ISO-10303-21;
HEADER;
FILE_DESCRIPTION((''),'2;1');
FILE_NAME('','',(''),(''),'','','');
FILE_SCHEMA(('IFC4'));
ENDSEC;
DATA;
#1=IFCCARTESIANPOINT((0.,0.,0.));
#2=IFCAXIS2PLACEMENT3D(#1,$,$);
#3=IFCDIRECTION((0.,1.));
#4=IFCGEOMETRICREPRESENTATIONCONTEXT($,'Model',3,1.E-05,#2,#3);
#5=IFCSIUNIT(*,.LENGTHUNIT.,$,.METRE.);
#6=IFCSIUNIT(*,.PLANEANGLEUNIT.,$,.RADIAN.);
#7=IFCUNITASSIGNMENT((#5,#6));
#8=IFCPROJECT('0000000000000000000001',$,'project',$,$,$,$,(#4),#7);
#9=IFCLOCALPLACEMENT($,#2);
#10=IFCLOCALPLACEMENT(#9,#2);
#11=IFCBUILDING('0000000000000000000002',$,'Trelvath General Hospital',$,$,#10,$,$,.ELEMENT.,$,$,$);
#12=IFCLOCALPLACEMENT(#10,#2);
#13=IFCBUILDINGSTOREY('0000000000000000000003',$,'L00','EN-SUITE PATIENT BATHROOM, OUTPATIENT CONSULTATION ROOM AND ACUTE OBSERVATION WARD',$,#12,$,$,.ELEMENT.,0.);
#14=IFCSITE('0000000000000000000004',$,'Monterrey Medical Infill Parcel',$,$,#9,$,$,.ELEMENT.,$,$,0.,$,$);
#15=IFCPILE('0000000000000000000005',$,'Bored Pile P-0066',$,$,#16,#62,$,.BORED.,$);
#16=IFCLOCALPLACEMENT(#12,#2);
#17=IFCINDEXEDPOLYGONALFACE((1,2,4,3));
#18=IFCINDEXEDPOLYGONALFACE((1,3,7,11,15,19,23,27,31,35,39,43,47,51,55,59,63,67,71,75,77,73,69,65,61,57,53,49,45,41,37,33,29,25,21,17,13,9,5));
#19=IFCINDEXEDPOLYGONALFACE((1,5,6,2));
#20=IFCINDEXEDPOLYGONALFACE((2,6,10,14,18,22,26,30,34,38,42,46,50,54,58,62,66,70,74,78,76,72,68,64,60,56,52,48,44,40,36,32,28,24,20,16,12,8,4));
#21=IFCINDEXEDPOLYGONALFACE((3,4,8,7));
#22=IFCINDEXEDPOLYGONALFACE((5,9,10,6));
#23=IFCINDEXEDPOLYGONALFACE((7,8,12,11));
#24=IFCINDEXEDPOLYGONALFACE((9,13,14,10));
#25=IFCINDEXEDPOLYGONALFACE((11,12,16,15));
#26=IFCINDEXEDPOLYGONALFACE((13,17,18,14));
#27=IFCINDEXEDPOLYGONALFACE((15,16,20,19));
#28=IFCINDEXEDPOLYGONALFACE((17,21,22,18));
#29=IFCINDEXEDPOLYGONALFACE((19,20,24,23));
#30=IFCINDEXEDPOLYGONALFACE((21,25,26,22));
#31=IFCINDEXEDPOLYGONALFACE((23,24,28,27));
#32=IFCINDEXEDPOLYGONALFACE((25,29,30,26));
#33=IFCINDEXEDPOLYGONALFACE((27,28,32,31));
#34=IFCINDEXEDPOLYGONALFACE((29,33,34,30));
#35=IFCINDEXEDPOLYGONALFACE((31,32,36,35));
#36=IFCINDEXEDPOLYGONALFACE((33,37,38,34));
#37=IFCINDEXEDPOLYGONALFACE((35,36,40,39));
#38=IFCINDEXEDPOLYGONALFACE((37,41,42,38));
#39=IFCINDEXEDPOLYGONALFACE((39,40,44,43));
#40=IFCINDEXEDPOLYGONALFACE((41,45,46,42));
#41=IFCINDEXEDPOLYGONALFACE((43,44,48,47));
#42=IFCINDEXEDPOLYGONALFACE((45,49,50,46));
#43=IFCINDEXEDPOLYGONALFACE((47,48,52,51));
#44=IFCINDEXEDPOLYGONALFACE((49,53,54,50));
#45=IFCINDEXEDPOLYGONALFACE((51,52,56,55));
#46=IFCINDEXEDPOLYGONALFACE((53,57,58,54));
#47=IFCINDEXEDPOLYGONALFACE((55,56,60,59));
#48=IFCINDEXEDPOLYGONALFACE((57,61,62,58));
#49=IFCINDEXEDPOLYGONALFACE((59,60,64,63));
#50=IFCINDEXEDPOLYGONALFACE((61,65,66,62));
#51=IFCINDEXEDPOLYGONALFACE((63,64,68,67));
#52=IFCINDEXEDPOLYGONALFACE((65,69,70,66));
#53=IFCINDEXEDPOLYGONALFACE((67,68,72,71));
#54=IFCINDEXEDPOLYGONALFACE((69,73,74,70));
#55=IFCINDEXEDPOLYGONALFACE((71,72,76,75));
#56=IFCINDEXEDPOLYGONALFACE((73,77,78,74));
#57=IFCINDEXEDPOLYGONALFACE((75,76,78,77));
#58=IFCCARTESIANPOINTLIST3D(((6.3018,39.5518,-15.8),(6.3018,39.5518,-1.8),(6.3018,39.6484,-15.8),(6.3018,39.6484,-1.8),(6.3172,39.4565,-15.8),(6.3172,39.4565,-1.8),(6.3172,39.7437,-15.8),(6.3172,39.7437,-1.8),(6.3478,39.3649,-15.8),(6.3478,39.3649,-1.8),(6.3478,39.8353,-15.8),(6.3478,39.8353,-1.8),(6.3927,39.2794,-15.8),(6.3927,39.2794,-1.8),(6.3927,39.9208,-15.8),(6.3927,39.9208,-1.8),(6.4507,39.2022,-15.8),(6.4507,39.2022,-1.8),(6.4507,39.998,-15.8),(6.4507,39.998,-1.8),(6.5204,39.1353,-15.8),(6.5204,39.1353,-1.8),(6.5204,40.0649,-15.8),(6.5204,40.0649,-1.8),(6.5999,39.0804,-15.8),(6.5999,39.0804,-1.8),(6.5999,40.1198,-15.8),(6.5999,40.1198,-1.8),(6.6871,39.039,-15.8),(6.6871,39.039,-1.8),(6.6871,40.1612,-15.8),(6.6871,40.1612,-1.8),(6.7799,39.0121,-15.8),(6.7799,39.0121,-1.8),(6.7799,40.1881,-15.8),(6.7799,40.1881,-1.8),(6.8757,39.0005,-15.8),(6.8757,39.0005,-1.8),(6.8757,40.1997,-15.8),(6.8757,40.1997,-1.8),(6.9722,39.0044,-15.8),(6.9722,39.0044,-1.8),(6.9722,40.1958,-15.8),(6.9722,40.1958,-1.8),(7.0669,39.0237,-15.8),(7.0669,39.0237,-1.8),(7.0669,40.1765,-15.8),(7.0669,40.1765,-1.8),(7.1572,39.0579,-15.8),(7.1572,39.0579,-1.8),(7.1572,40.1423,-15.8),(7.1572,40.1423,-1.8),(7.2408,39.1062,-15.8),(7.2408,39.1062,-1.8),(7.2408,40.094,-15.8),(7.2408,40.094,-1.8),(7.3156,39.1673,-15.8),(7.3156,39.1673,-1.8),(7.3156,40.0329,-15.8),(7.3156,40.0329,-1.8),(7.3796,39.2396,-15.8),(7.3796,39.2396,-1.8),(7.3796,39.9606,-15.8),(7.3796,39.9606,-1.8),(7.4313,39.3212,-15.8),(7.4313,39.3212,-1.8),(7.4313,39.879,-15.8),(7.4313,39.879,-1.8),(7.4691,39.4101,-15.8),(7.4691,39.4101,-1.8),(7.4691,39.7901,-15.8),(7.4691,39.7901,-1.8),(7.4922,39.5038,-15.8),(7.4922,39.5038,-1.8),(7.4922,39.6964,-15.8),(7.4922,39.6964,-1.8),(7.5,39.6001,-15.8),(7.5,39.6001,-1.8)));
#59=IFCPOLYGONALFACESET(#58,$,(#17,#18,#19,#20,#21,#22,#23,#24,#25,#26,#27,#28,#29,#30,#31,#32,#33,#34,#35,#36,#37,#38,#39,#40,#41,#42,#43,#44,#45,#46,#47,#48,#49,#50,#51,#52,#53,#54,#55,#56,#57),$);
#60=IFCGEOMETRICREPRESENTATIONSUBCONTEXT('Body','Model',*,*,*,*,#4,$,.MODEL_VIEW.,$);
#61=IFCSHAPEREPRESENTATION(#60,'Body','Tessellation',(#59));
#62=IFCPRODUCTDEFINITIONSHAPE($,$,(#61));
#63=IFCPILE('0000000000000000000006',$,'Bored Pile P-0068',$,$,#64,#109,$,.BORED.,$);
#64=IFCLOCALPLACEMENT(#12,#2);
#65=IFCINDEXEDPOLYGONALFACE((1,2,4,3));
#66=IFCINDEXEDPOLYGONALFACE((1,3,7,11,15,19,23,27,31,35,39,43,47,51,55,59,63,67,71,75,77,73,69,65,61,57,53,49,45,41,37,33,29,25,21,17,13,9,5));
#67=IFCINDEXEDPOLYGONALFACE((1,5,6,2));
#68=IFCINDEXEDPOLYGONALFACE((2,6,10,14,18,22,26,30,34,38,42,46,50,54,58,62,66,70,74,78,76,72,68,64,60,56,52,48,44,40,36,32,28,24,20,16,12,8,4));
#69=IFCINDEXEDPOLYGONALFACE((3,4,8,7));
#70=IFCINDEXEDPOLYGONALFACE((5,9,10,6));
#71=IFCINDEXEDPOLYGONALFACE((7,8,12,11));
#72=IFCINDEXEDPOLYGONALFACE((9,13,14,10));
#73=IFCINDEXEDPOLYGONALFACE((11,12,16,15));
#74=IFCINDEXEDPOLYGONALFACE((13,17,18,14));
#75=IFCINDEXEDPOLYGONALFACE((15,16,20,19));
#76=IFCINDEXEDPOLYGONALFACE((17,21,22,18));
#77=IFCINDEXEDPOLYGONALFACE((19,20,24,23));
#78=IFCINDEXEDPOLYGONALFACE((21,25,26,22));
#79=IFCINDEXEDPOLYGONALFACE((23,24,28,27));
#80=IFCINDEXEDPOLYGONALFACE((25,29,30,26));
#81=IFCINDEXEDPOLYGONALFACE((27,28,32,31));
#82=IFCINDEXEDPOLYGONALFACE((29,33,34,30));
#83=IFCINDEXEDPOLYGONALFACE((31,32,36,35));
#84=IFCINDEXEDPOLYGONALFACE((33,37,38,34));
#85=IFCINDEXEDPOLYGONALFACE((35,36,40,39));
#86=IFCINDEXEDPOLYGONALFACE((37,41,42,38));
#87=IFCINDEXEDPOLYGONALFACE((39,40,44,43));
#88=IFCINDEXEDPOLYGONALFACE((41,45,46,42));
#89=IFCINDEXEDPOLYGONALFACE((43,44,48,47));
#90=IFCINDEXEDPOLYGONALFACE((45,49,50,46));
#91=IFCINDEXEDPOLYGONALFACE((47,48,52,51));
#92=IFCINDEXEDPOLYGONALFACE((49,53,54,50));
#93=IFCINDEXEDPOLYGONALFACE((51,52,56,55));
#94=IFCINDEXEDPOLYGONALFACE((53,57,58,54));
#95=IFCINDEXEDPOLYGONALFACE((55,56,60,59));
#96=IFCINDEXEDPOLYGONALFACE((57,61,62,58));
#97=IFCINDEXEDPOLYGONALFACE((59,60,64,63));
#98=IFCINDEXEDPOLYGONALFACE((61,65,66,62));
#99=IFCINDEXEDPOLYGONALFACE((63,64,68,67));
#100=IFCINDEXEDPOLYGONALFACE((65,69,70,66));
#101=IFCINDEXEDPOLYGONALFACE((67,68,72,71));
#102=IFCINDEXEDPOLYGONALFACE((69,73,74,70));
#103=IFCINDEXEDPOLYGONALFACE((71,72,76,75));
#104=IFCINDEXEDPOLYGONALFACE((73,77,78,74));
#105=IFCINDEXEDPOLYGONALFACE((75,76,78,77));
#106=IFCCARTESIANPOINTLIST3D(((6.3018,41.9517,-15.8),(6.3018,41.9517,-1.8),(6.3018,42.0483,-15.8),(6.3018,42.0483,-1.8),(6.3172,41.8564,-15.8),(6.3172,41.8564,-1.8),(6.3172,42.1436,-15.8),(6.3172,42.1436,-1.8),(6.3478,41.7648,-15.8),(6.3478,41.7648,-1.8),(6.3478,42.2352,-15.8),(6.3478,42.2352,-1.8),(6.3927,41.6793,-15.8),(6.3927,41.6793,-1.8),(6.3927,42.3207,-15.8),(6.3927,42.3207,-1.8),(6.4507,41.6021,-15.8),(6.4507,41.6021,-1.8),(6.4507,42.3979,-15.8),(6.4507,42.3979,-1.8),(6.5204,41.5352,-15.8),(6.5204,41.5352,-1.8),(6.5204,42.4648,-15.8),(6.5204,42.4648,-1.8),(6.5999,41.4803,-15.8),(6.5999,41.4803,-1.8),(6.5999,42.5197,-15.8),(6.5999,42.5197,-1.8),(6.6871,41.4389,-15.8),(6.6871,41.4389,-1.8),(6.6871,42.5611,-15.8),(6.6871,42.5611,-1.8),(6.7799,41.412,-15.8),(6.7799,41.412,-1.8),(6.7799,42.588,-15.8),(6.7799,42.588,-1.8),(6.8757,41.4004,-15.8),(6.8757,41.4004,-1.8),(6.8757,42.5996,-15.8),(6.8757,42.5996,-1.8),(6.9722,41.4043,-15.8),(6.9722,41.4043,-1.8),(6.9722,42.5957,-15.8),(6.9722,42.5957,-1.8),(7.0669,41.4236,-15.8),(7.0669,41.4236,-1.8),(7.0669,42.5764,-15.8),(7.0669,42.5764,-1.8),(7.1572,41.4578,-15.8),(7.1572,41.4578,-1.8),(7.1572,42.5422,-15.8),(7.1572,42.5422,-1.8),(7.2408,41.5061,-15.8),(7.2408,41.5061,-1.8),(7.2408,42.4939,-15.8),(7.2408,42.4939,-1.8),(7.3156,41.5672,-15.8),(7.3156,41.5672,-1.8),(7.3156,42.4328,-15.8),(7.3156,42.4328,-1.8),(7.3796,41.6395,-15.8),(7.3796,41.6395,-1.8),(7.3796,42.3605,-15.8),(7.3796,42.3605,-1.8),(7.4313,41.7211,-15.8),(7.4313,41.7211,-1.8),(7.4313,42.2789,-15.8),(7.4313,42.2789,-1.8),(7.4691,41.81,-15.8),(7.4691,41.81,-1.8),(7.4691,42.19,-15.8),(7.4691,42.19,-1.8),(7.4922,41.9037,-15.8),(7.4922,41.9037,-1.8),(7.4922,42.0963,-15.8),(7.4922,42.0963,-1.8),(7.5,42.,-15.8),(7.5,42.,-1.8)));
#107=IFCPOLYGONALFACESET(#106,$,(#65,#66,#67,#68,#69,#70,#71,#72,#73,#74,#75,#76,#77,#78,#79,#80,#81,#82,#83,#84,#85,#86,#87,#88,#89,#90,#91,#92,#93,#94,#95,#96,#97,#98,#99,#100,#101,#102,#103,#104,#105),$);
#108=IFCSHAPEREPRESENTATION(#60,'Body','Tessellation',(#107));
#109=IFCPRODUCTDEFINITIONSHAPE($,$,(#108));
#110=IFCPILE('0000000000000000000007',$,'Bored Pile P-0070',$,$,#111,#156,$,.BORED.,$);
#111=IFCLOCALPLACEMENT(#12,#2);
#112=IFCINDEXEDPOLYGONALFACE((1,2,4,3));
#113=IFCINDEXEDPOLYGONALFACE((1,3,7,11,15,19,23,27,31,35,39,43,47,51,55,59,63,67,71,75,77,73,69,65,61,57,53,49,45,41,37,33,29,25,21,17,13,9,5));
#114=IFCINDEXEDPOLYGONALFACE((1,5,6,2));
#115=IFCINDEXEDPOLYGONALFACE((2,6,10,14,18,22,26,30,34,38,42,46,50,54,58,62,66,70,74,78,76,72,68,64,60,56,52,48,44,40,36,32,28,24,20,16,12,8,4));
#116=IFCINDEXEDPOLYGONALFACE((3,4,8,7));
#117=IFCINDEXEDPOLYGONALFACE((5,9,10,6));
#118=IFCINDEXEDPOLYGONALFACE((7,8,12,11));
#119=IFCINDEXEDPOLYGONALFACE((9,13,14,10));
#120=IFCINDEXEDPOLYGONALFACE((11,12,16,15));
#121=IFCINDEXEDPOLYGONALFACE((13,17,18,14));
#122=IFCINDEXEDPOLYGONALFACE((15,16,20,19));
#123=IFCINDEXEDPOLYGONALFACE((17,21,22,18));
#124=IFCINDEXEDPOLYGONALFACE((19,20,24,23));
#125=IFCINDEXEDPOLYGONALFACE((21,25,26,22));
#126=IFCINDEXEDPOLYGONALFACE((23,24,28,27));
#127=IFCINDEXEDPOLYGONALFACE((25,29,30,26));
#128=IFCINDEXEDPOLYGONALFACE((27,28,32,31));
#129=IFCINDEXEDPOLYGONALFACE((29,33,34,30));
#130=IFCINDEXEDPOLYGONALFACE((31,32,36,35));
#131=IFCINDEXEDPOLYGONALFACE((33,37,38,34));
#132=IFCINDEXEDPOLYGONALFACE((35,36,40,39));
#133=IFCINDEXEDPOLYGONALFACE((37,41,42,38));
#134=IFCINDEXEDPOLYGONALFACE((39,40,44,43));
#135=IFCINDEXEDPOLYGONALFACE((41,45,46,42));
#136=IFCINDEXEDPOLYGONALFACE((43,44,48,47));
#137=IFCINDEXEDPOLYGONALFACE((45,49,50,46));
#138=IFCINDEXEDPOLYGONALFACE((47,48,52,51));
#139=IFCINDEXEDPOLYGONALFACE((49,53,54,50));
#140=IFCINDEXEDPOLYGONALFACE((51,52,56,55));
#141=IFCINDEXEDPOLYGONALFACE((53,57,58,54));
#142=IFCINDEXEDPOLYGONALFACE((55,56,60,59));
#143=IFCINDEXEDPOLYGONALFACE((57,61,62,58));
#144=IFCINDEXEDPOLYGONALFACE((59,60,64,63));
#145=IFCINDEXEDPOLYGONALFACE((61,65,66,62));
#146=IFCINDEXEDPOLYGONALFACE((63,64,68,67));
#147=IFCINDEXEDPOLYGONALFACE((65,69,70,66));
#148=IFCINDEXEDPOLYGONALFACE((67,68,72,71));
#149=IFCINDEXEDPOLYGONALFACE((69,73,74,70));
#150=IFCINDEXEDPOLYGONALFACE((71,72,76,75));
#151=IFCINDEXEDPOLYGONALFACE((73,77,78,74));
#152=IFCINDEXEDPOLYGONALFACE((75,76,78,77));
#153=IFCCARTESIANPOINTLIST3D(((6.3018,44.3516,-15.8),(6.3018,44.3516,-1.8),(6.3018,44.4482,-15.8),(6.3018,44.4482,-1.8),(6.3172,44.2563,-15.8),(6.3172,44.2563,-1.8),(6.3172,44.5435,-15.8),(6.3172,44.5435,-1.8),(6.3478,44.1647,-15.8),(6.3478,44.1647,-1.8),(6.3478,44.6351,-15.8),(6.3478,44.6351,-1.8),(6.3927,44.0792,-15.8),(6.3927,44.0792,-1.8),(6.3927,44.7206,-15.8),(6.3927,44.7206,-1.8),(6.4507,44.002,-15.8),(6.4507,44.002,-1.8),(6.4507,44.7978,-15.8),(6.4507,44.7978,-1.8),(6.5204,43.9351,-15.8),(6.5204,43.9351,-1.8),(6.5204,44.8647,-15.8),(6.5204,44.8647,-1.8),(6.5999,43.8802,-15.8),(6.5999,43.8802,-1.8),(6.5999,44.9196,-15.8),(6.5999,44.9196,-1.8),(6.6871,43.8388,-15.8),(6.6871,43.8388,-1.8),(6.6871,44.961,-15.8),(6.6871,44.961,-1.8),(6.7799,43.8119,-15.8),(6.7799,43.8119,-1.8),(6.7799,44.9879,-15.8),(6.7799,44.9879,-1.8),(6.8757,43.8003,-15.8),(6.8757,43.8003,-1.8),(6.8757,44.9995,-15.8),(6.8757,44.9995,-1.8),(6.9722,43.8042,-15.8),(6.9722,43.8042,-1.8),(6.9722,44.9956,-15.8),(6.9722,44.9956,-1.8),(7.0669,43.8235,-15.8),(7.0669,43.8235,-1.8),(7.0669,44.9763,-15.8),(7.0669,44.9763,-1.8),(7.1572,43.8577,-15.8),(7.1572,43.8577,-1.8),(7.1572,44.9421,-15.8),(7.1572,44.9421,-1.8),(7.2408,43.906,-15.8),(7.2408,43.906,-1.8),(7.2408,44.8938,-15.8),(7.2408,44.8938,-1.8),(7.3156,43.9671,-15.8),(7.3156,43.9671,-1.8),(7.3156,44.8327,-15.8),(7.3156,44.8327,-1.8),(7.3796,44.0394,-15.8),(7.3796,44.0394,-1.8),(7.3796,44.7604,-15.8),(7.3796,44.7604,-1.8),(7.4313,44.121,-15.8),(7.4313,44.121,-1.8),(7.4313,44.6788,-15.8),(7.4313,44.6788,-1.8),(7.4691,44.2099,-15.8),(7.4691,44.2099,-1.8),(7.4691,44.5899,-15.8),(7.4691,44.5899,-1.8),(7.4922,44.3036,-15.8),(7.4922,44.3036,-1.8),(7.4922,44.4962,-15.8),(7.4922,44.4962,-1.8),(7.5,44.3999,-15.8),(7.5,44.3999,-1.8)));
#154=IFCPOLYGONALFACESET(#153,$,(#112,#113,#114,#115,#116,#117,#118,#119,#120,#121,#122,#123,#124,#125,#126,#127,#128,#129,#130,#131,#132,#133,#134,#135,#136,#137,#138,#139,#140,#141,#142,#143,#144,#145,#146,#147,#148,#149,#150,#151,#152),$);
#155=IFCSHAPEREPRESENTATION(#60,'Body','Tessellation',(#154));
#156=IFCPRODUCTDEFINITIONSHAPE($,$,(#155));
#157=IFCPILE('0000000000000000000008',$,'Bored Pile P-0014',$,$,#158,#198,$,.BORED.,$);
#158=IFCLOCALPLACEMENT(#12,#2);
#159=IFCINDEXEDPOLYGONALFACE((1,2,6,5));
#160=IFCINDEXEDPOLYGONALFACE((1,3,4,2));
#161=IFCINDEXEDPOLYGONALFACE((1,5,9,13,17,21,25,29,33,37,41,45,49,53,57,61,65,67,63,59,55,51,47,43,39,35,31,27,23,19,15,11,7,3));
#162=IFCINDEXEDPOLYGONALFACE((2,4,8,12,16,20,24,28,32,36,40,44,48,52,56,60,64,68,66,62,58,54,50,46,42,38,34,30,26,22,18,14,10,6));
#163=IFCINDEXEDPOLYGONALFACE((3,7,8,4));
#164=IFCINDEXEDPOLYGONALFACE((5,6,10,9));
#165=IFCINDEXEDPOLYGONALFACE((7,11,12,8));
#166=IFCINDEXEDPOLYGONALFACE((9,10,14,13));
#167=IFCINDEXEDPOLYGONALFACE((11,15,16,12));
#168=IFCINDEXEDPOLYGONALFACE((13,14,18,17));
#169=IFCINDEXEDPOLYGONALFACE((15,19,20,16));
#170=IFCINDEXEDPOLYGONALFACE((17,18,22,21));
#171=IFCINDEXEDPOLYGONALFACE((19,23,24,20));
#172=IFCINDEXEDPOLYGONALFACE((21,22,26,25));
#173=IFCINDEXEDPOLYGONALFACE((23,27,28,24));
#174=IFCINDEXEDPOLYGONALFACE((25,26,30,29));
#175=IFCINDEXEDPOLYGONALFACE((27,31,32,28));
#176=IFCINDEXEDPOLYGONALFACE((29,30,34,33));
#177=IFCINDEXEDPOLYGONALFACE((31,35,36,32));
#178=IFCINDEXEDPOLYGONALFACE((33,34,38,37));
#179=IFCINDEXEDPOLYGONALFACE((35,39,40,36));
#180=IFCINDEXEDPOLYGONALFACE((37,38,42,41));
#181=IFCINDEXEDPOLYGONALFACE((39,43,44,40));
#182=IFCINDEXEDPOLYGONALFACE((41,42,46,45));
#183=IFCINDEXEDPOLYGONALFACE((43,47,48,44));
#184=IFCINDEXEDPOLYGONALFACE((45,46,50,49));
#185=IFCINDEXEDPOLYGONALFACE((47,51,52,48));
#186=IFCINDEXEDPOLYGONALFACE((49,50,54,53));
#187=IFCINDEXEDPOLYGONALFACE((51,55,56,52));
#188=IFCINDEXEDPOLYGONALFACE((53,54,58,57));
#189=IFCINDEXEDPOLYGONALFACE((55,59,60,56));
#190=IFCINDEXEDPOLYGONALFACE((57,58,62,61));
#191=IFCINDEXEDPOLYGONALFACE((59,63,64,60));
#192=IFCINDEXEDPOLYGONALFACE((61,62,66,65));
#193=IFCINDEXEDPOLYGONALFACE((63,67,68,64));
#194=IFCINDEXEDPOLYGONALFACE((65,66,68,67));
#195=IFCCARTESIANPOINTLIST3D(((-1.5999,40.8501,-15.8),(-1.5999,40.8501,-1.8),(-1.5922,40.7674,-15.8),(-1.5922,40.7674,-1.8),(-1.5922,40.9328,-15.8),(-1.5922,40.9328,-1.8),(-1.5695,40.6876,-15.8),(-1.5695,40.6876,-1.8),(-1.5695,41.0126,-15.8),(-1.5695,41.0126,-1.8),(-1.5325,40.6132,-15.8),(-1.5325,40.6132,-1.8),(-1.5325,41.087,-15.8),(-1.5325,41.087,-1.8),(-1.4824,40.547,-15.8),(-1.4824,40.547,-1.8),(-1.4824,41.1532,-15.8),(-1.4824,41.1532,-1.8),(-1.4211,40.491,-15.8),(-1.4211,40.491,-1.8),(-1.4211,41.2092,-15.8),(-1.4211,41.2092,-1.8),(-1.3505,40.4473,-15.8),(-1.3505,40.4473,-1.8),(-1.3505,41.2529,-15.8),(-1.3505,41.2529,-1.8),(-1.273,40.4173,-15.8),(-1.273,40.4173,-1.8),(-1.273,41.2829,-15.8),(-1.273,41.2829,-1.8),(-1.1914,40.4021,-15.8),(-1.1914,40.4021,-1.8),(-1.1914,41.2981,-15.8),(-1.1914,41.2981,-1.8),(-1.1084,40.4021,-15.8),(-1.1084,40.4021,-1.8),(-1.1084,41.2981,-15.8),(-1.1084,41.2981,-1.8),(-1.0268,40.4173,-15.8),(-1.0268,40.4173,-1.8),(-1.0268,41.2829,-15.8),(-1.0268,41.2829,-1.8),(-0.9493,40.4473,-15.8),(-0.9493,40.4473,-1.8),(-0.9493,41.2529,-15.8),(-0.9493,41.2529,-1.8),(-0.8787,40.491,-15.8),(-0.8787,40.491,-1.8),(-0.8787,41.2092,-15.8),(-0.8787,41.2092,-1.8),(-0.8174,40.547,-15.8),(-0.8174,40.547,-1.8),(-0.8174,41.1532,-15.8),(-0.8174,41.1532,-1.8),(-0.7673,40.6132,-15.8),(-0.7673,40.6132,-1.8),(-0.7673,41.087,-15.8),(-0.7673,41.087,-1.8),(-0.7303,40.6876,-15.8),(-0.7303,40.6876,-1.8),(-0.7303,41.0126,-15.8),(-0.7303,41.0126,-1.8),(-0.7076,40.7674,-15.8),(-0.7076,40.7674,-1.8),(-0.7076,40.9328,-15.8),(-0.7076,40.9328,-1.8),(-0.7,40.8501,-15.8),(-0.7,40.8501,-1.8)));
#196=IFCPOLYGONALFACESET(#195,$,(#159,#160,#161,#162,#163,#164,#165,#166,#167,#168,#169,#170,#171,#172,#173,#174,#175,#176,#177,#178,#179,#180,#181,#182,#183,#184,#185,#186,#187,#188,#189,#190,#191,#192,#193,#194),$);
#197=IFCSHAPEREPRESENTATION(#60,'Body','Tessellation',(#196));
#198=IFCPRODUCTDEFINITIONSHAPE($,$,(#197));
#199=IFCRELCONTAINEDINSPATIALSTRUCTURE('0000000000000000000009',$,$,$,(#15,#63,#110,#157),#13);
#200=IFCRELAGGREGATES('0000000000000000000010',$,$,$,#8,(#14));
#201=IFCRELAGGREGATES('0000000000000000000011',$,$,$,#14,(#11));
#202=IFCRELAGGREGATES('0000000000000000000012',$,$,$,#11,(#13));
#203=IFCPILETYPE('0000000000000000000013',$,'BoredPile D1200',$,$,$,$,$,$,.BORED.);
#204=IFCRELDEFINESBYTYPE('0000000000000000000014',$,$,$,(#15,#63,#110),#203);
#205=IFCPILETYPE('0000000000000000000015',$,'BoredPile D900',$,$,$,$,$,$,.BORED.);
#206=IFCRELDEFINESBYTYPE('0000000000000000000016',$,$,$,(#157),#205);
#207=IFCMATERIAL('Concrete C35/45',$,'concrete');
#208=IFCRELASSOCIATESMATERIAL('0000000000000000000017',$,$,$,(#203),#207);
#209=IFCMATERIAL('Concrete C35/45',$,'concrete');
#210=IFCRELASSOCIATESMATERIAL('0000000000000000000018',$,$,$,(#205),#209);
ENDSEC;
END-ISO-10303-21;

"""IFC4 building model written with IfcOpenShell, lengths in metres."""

from ifc_helpers import new_model, si_unit, direction, frame, origin, origin_2d, place, context, subcontext, project, spatial, circle, extrude, material, material_profile, profile_set, type_object, element, save


model = new_model("IFC4")

# Units and contexts
model_context = context("Model", 3, precision=1e-05, world=origin(), true_north=direction((0.0, 1.0)))
body_context = subcontext(model_context, "Body", "Model", "MODEL_VIEW")
ifc_project = project(units=[si_unit("LENGTHUNIT", "METRE"), si_unit("PLANEANGLEUNIT", "RADIAN")], contexts=[model_context])

# Site, building, storey
site_placement = place(None, origin())
site = spatial("IfcSite", under=ifc_project, at=site_placement, Name="Monterrey Medical Infill Parcel", CompositionType="ELEMENT", RefElevation=0.0)
building_placement = place(site_placement, origin())
building = spatial("IfcBuilding", under=site, at=building_placement, Name="Trelvath General Hospital", CompositionType="ELEMENT")
storey_placement = place(building_placement, origin())
storey = spatial("IfcBuildingStorey", under=building, at=storey_placement, Name="L00", Description="EN-SUITE PATIENT BATHROOM, OUTPATIENT CONSULTATION ROOM AND ACUTE OBSERVATION WARD", CompositionType="ELEMENT", Elevation=0.0)

# Piles
ifc_material_1 = material(Name="Concrete C35/45", Category="concrete")
ifc_material_profile_1 = material_profile(ifc_material_1, circle(Radius=0.6001, at=origin_2d()), Name="PILE1200")
ifc_profile_set_1 = profile_set([ifc_material_profile_1], Name="Concrete C35/45")
pile_type_1 = type_object("IfcPileType", Name="BoredPile D1200", PredefinedType="BORED", material=ifc_profile_set_1)
for number, where, z_axis, x_axis, name in (
    (1, (6.8999, 39.6001, -1.8), (0.0, 0.0, -1.0), (1.0, 0.0, 0.0), "Bored Pile P-0066"),
    (2, (6.8999, 42.0, -1.8), (0.0, 0.0, -1.0), (1.0, 0.0, 0.0), "Bored Pile P-0068"),
    (3, (6.8999, 44.3999, -1.8), (0.0, 0.0, -1.0), (1.0, 0.0, 0.0), "Bored Pile P-0070"),
):
    element("IfcPile", number, at=place(storey_placement, frame(where, z_axis=z_axis, x_axis=x_axis)), inside=storey, type_object=pile_type_1, Name=name, PredefinedType="BORED", context=body_context, shape_type="SweptSolid", body=[
        extrude(circle(Radius=0.6001, at=origin_2d()), origin(), (0.0, 0.0, 1.0), 14.0),
    ])
ifc_material_2 = material(Name="Concrete C35/45", Category="concrete")
ifc_material_profile_2 = material_profile(ifc_material_2, circle(Radius=0.45, at=origin_2d()), Name="PILE900")
ifc_profile_set_2 = profile_set([ifc_material_profile_2], Name="Concrete C35/45")
pile_type_2 = type_object("IfcPileType", Name="BoredPile D900", PredefinedType="BORED", material=ifc_profile_set_2)
for number, where, z_axis, x_axis, name in (
    (4, (-1.1499, 40.8501, -1.8), (0.0, 0.0, -1.0), (1.0, 0.0, 0.0), "Bored Pile P-0014"),
):
    element("IfcPile", number, at=place(storey_placement, frame(where, z_axis=z_axis, x_axis=x_axis)), inside=storey, type_object=pile_type_2, Name=name, PredefinedType="BORED", context=body_context, shape_type="SweptSolid", body=[
        extrude(circle(Radius=0.45, at=origin_2d()), origin(), (0.0, 0.0, 1.0), 14.0),
    ])

save(model, "model.ifc")
